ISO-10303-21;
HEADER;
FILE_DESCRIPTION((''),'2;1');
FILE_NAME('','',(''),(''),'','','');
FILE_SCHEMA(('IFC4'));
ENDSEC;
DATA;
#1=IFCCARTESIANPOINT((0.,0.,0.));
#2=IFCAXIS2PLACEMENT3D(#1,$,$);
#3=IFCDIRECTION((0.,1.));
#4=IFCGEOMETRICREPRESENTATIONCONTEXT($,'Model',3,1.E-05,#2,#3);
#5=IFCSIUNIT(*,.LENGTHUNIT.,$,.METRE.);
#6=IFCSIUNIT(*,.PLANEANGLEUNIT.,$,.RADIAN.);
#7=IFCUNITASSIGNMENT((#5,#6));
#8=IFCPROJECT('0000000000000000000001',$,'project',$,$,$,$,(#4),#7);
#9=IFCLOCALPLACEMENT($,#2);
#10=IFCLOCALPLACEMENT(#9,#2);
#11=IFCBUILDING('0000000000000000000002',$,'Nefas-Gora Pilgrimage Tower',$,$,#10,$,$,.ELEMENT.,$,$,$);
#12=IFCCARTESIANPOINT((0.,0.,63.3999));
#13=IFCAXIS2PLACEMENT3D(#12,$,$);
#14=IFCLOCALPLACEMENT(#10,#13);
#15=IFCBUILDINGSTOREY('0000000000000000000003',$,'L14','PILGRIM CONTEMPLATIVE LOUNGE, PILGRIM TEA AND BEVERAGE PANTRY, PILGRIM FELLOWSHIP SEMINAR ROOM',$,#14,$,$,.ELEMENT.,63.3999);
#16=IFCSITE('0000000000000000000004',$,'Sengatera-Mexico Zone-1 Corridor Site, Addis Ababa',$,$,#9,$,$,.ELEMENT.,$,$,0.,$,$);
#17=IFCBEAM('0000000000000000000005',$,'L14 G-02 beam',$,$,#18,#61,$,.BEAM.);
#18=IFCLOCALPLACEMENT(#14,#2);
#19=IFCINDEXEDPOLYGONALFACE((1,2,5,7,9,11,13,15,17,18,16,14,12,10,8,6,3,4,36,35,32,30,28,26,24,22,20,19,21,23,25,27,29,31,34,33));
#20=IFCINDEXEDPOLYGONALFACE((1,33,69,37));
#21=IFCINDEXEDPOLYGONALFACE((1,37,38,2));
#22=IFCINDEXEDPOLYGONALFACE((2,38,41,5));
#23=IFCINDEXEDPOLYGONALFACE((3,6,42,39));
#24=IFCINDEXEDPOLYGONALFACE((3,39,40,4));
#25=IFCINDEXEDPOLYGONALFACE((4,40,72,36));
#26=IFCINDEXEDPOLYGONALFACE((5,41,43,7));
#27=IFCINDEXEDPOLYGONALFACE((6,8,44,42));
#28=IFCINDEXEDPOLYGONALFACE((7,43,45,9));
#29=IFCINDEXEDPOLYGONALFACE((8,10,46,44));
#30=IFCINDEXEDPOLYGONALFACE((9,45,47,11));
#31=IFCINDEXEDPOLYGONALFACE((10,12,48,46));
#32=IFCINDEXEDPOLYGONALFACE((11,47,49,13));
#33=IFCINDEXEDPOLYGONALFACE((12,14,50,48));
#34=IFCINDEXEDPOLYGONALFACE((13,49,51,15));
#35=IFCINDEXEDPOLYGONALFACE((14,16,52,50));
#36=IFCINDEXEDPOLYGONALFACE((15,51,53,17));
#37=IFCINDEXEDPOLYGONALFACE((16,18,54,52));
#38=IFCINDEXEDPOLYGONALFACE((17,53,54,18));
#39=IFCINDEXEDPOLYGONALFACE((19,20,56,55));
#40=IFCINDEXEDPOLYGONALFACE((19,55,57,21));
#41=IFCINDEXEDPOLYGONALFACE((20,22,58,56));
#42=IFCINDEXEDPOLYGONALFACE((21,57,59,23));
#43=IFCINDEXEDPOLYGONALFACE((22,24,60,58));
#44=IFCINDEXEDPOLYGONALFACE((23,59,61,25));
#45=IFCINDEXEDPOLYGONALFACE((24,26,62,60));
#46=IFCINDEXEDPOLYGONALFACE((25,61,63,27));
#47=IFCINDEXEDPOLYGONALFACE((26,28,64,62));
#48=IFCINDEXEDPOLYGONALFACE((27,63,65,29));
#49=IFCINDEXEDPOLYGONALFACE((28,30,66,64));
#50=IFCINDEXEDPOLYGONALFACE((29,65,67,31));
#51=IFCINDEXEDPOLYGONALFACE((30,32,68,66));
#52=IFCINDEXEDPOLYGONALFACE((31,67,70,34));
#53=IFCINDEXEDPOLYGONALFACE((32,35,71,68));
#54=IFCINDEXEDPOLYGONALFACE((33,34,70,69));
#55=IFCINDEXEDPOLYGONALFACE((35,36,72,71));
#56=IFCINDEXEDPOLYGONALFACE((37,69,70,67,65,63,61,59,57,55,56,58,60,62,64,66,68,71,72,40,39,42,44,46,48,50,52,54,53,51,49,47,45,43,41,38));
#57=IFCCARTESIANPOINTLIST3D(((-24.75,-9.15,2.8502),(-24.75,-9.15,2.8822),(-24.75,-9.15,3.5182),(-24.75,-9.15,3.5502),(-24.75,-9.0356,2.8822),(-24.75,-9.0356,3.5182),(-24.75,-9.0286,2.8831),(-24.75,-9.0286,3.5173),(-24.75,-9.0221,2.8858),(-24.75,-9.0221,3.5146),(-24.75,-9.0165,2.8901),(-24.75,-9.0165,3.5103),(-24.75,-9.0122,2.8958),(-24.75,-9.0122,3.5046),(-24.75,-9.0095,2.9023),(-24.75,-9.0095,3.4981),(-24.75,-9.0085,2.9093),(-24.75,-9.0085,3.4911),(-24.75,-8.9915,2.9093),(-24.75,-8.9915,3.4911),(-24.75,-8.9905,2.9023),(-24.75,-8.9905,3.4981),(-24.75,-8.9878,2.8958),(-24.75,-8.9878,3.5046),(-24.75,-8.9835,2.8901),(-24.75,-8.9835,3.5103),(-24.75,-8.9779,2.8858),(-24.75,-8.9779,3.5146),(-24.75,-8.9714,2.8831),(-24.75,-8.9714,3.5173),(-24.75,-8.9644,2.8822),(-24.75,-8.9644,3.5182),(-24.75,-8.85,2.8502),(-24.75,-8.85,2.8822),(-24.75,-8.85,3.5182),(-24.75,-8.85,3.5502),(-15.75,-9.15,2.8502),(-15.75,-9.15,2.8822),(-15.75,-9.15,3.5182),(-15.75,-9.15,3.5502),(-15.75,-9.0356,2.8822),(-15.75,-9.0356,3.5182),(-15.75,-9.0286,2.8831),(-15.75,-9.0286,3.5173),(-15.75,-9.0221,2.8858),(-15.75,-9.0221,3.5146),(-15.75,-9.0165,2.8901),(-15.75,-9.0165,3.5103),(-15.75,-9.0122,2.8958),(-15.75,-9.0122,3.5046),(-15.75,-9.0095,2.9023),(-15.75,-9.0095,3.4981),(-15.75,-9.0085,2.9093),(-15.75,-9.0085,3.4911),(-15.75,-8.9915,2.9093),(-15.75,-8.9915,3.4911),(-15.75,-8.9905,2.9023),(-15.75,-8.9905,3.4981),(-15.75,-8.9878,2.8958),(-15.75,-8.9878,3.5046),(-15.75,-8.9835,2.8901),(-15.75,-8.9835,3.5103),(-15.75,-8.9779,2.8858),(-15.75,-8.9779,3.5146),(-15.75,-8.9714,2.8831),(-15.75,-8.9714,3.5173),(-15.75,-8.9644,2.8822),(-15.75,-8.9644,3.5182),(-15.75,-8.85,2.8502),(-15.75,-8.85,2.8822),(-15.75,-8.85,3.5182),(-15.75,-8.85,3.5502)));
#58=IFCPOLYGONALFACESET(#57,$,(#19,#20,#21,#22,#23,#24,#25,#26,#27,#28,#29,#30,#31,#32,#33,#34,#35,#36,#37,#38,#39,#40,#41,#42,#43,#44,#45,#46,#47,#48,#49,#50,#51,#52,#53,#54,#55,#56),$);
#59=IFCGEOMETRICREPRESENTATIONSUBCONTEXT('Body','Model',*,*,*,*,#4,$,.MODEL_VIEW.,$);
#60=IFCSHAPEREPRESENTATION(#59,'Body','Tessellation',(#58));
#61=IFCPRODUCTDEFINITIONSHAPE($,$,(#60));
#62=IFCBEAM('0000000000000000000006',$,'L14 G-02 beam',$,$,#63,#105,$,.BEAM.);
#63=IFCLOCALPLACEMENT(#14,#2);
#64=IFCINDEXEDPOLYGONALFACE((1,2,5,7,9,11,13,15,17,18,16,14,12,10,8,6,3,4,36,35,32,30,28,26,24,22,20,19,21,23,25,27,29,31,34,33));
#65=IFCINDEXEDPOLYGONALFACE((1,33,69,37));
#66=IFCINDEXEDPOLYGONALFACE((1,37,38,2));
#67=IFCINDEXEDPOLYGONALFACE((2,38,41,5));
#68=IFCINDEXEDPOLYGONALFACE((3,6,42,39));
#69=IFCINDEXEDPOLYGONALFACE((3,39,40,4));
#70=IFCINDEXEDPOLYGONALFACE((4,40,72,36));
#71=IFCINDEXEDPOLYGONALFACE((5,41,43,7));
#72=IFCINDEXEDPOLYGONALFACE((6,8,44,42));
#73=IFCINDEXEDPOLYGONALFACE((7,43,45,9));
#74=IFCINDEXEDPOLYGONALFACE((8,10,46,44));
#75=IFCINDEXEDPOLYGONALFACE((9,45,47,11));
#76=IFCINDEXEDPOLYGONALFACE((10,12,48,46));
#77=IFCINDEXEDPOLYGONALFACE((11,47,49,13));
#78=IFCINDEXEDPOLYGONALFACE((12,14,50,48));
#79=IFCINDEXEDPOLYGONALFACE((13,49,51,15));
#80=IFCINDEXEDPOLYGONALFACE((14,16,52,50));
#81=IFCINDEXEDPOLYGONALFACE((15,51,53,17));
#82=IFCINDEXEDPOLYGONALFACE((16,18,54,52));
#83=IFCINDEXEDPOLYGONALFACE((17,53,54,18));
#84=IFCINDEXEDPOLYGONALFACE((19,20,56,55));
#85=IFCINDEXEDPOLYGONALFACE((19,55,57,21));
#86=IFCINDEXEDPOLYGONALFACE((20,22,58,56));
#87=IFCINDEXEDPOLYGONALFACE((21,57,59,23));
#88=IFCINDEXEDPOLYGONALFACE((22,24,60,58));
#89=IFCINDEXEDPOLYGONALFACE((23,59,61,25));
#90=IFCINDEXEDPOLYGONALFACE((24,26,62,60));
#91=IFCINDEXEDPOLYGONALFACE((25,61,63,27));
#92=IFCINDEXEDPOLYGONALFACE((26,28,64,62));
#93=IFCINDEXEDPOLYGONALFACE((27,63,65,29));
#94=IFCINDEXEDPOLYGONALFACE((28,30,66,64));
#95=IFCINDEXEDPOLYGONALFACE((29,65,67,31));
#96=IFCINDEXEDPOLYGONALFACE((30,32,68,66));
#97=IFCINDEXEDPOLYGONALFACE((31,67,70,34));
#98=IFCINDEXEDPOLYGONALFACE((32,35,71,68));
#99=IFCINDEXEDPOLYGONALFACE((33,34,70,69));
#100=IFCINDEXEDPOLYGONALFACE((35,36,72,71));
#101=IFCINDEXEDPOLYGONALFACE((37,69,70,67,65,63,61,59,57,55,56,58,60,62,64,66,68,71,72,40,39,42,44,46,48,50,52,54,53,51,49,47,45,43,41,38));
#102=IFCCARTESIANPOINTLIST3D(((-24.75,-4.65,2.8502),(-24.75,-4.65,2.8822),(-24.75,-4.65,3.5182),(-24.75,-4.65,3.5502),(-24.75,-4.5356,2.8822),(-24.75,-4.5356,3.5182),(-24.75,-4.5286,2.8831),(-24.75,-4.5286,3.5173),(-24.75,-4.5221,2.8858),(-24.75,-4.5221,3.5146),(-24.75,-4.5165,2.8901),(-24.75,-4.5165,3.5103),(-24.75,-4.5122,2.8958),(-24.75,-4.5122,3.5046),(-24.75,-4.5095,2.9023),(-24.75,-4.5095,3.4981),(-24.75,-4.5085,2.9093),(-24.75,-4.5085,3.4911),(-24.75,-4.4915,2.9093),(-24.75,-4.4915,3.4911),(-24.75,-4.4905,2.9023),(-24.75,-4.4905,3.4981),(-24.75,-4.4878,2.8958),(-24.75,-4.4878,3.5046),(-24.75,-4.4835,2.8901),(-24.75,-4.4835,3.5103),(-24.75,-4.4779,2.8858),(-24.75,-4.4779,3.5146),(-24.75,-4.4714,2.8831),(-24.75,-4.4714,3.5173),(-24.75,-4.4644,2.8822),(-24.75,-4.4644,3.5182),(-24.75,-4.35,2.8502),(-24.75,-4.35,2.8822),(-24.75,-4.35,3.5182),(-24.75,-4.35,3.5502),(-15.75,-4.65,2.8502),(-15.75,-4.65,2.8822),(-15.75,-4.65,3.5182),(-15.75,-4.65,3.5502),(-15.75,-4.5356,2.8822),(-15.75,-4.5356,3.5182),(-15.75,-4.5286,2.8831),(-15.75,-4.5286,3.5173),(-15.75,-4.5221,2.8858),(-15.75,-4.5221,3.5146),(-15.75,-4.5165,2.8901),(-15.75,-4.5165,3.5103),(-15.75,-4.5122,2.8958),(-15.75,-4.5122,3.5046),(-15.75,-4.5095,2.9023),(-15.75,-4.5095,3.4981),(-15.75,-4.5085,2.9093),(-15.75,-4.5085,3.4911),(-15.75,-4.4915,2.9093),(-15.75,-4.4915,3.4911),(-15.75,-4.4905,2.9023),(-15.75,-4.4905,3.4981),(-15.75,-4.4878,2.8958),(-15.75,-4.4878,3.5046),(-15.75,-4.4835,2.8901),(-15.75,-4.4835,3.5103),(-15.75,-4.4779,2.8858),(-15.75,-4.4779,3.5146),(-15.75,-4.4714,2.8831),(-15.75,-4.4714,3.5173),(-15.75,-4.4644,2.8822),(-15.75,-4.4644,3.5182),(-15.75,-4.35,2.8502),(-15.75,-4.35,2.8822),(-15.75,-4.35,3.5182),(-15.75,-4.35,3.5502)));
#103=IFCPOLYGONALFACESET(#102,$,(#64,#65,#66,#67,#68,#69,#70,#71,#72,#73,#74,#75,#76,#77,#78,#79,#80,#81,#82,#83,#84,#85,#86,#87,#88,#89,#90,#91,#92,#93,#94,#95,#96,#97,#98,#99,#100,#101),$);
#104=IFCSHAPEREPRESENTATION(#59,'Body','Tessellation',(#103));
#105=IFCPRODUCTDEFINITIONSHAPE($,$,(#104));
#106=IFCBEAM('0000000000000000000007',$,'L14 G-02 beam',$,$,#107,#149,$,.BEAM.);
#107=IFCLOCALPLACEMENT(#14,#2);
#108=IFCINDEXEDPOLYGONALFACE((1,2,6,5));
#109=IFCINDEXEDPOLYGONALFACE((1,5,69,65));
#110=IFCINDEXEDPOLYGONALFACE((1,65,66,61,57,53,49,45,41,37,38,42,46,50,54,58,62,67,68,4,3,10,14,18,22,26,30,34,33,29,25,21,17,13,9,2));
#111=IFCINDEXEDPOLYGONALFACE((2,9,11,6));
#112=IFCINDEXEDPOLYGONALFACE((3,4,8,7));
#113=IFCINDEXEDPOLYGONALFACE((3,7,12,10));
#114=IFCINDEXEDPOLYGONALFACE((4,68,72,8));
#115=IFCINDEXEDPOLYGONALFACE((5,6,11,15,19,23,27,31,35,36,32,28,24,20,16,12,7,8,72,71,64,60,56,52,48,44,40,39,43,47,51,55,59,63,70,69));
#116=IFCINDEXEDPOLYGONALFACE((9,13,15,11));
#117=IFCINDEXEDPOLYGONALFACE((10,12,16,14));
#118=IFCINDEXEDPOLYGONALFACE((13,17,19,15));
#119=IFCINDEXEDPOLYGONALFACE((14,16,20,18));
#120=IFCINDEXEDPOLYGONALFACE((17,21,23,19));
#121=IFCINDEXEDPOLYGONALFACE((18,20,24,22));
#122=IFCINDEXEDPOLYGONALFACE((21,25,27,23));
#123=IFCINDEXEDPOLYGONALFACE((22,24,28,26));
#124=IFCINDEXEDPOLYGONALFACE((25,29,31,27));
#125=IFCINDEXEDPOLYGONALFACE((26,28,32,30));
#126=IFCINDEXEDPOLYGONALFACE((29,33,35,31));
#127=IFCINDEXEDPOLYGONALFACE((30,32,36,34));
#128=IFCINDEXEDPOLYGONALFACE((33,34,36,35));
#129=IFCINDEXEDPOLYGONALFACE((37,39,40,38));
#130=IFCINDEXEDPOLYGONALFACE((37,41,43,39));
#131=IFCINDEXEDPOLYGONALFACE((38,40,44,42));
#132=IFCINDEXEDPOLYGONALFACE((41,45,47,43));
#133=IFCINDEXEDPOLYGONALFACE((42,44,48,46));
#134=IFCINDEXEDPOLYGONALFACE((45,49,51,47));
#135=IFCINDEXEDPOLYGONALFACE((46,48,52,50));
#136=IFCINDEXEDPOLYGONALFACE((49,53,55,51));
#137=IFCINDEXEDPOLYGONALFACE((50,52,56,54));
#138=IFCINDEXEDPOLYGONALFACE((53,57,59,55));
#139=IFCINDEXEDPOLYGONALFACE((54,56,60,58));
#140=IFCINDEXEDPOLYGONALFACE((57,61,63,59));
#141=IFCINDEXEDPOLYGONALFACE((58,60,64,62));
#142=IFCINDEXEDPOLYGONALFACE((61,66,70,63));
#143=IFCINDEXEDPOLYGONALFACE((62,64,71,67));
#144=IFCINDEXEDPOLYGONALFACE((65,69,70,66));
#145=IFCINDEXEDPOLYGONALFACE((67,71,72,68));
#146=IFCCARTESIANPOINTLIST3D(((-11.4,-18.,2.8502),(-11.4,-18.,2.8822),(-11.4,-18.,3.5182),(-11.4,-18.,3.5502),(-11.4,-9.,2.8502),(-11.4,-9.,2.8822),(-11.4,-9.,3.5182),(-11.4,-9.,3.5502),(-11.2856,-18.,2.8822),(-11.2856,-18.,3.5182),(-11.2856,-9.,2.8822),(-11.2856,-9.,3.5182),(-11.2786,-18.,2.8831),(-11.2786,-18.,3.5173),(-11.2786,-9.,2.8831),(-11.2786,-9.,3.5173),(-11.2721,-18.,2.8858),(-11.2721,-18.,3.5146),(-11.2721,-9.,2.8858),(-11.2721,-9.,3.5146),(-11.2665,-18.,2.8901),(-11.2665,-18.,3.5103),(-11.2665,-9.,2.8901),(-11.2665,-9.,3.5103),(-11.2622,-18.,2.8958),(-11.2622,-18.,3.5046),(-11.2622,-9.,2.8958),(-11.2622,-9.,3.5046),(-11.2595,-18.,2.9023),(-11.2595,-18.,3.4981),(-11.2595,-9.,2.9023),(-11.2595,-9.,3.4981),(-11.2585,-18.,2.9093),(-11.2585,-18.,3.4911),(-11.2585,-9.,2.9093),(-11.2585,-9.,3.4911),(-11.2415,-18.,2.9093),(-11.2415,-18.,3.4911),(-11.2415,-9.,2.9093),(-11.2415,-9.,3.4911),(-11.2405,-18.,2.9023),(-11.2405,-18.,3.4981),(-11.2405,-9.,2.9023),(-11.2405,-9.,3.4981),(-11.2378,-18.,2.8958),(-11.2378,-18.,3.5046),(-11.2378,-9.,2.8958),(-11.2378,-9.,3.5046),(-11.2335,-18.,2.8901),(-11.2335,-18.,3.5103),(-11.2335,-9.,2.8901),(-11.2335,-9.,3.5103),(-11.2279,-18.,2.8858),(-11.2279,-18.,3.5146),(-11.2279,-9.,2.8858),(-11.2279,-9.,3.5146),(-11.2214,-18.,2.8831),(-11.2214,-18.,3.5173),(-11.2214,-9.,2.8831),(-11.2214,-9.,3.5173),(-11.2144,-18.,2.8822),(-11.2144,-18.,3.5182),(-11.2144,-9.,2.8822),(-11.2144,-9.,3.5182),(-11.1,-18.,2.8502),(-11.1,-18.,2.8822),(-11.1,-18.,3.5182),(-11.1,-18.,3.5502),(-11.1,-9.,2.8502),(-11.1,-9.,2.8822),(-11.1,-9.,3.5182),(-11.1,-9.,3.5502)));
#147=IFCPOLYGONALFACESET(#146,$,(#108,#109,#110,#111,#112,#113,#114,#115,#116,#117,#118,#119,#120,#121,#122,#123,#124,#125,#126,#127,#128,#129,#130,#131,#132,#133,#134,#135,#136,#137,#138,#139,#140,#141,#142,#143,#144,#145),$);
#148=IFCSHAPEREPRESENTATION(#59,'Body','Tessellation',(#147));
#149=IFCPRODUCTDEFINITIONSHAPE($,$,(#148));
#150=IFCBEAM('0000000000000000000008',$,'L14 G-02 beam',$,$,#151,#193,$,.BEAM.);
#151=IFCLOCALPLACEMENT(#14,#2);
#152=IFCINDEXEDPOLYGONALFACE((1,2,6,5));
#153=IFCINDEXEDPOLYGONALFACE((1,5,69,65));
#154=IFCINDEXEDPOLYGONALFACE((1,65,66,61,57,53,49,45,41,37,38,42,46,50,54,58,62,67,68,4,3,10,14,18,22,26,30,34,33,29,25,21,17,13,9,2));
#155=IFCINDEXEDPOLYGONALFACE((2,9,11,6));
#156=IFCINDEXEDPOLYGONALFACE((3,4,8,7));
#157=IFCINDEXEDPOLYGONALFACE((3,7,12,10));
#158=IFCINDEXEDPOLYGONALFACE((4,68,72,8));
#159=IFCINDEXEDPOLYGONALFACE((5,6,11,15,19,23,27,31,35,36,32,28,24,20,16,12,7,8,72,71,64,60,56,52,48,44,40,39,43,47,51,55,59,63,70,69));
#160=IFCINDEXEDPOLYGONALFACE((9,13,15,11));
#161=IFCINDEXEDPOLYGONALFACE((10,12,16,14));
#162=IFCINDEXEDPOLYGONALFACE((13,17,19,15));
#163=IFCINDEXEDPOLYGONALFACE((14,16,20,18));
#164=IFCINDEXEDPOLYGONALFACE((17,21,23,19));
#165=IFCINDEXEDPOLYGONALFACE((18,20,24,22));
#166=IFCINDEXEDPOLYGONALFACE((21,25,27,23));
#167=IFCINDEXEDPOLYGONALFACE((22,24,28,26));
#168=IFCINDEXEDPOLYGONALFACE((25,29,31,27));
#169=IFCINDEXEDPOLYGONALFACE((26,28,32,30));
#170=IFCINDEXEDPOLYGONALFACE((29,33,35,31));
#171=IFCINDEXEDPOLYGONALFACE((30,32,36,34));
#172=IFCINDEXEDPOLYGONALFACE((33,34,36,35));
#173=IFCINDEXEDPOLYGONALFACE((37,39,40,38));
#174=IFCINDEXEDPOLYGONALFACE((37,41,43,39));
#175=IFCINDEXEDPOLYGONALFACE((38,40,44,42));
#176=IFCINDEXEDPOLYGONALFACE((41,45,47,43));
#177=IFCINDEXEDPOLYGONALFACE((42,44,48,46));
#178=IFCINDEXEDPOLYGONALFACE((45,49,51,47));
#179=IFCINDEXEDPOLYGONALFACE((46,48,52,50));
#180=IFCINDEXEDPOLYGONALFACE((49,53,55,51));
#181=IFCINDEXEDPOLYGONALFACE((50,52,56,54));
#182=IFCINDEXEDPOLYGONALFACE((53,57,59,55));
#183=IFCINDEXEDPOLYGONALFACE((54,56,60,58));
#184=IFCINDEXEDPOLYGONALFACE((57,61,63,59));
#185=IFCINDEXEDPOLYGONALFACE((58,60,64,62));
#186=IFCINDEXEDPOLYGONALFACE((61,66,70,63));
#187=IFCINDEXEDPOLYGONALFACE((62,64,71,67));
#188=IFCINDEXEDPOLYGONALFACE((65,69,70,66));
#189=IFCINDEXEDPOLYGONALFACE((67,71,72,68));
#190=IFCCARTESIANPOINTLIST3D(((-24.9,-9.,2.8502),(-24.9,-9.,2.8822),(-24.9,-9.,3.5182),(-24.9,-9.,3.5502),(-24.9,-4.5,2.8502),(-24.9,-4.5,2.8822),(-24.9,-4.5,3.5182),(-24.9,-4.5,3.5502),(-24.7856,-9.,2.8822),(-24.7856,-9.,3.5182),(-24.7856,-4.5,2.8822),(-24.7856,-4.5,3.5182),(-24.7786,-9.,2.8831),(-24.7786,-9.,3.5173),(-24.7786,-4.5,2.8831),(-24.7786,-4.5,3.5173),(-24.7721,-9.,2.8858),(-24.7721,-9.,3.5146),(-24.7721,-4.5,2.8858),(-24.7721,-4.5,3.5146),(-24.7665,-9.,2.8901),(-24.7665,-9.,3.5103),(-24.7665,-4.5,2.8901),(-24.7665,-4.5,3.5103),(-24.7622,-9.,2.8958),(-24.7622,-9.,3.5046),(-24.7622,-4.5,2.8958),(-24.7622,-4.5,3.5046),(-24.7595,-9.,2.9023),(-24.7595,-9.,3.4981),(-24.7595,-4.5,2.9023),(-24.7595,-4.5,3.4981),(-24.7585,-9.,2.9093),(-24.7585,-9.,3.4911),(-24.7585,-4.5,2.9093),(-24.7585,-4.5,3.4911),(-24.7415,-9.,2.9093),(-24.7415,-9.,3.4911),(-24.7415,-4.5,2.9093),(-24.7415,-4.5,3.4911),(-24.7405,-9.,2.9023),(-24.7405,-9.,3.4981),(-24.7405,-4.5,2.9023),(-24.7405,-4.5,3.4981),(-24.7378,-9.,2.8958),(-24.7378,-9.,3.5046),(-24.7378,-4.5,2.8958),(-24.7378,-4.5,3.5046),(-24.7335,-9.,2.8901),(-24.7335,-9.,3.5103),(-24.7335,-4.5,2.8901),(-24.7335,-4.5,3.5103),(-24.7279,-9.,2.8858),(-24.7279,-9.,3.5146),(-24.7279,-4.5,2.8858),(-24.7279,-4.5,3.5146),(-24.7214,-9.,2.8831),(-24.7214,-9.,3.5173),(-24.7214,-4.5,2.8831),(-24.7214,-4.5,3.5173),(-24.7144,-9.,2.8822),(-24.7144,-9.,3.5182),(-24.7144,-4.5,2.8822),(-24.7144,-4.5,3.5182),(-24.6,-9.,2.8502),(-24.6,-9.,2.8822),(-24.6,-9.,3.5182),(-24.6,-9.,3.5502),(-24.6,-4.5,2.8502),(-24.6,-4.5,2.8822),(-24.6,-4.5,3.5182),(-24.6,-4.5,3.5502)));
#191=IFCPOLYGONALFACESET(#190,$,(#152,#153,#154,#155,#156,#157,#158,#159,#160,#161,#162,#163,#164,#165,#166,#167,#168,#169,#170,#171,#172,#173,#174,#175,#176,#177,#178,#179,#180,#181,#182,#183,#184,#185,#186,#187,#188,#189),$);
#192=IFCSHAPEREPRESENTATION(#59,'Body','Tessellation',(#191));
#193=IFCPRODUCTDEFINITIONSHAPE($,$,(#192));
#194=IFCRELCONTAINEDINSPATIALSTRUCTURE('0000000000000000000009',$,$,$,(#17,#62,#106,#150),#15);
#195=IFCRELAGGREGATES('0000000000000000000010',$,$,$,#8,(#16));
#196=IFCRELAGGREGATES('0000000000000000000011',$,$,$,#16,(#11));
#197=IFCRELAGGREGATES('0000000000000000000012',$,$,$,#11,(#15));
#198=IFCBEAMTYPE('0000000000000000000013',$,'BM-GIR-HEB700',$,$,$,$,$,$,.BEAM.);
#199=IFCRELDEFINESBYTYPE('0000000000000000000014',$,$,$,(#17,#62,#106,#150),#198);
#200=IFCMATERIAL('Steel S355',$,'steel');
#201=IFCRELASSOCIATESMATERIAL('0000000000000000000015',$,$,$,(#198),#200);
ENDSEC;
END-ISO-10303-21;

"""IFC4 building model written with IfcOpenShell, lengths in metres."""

from ifc_helpers import new_model, si_unit, direction, frame, origin, origin_2d, place, context, subcontext, project, spatial, i_section, extrude, source, transform, mapped, material, material_profile, profile_set, type_object, element, save


model = new_model("IFC4")

# Units and contexts
model_context = context("Model", 3, precision=1e-05, world=origin(), true_north=direction((0.0, 1.0)))
body_context = subcontext(model_context, "Body", "Model", "MODEL_VIEW")
ifc_project = project(units=[si_unit("LENGTHUNIT", "METRE"), si_unit("PLANEANGLEUNIT", "RADIAN")], contexts=[model_context])

# Site, building, storey
site_placement = place(None, origin())
site = spatial("IfcSite", under=ifc_project, at=site_placement, Name="Sengatera-Mexico Zone-1 Corridor Site, Addis Ababa", CompositionType="ELEMENT", RefElevation=0.0)
building_placement = place(site_placement, origin())
building = spatial("IfcBuilding", under=site, at=building_placement, Name="Nefas-Gora Pilgrimage Tower", CompositionType="ELEMENT")
storey_placement = place(building_placement, frame((0.0, 0.0, 63.3999)))
storey = spatial("IfcBuildingStorey", under=building, at=storey_placement, Name="L14", Description="PILGRIM CONTEMPLATIVE LOUNGE, PILGRIM TEA AND BEVERAGE PANTRY, PILGRIM FELLOWSHIP SEMINAR ROOM", CompositionType="ELEMENT", Elevation=63.3999)

# Beams
ifc_material_1 = material(Name="Steel S355", Category="steel")
ifc_material_profile_1 = material_profile(ifc_material_1, i_section(OverallWidth=0.3, OverallDepth=0.7, WebThickness=0.0171, FlangeThickness=0.032, FilletRadius=0.0271, at=origin_2d()), Name="HEB 700")
ifc_profile_set_1 = profile_set([ifc_material_profile_1], Name="Steel S355")
beam_type = type_object("IfcBeamType", Name="BM-GIR-HEB700", PredefinedType="BEAM", material=ifc_profile_set_1)
shared_shape_1 = source(origin(), body_context, "Body", "SweptSolid", [
    extrude(i_section(OverallWidth=0.3, OverallDepth=0.7, WebThickness=0.0171, FlangeThickness=0.032, FilletRadius=0.0271, at=origin_2d()), origin(), (0.0, 0.0, 1.0), 9.0),
])
for number, where, z_axis, x_axis, name in (
    (1, (-24.75, -9.0, 3.2002), (1.0, 0.0, 0.0), (0.0, 1.0, 0.0), "L14 G-02 beam"),
    (2, (-24.75, -4.5, 3.2002), (1.0, 0.0, 0.0), (0.0, 1.0, 0.0), "L14 G-02 beam"),
    (3, (-11.25, -18.0, 3.2002), (0.0, 1.0, 0.0), (-1.0, 0.0, 0.0), "L14 G-02 beam"),
):
    element("IfcBeam", number, at=place(storey_placement, frame(where, z_axis=z_axis, x_axis=x_axis)), inside=storey, type_object=beam_type, Name=name, PredefinedType="BEAM", context=body_context, shape_type="MappedRepresentation", body=[
        mapped(shared_shape_1, transform((0.0, 0.0, 0.0), x_axis=(1.0, 0.0, 0.0), y_axis=(0.0, 1.0, 0.0), z_axis=(0.0, 0.0, 1.0), scale=1.0)),
    ])
shared_shape_2 = source(origin(), body_context, "Body", "SweptSolid", [
    extrude(i_section(OverallWidth=0.3, OverallDepth=0.7, WebThickness=0.0171, FlangeThickness=0.032, FilletRadius=0.0271, at=origin_2d()), origin(), (0.0, 0.0, 1.0), 4.5),
])
for number, where, z_axis, x_axis, name in (
    (4, (-24.75, -9.0, 3.2002), (0.0, 1.0, 0.0), (-1.0, 0.0, 0.0), "L14 G-02 beam"),
):
    element("IfcBeam", number, at=place(storey_placement, frame(where, z_axis=z_axis, x_axis=x_axis)), inside=storey, type_object=beam_type, Name=name, PredefinedType="BEAM", context=body_context, shape_type="MappedRepresentation", body=[
        mapped(shared_shape_2, transform((0.0, 0.0, 0.0), x_axis=(1.0, 0.0, 0.0), y_axis=(0.0, 1.0, 0.0), z_axis=(0.0, 0.0, 1.0), scale=1.0)),
    ])

save(model, "model.ifc")
